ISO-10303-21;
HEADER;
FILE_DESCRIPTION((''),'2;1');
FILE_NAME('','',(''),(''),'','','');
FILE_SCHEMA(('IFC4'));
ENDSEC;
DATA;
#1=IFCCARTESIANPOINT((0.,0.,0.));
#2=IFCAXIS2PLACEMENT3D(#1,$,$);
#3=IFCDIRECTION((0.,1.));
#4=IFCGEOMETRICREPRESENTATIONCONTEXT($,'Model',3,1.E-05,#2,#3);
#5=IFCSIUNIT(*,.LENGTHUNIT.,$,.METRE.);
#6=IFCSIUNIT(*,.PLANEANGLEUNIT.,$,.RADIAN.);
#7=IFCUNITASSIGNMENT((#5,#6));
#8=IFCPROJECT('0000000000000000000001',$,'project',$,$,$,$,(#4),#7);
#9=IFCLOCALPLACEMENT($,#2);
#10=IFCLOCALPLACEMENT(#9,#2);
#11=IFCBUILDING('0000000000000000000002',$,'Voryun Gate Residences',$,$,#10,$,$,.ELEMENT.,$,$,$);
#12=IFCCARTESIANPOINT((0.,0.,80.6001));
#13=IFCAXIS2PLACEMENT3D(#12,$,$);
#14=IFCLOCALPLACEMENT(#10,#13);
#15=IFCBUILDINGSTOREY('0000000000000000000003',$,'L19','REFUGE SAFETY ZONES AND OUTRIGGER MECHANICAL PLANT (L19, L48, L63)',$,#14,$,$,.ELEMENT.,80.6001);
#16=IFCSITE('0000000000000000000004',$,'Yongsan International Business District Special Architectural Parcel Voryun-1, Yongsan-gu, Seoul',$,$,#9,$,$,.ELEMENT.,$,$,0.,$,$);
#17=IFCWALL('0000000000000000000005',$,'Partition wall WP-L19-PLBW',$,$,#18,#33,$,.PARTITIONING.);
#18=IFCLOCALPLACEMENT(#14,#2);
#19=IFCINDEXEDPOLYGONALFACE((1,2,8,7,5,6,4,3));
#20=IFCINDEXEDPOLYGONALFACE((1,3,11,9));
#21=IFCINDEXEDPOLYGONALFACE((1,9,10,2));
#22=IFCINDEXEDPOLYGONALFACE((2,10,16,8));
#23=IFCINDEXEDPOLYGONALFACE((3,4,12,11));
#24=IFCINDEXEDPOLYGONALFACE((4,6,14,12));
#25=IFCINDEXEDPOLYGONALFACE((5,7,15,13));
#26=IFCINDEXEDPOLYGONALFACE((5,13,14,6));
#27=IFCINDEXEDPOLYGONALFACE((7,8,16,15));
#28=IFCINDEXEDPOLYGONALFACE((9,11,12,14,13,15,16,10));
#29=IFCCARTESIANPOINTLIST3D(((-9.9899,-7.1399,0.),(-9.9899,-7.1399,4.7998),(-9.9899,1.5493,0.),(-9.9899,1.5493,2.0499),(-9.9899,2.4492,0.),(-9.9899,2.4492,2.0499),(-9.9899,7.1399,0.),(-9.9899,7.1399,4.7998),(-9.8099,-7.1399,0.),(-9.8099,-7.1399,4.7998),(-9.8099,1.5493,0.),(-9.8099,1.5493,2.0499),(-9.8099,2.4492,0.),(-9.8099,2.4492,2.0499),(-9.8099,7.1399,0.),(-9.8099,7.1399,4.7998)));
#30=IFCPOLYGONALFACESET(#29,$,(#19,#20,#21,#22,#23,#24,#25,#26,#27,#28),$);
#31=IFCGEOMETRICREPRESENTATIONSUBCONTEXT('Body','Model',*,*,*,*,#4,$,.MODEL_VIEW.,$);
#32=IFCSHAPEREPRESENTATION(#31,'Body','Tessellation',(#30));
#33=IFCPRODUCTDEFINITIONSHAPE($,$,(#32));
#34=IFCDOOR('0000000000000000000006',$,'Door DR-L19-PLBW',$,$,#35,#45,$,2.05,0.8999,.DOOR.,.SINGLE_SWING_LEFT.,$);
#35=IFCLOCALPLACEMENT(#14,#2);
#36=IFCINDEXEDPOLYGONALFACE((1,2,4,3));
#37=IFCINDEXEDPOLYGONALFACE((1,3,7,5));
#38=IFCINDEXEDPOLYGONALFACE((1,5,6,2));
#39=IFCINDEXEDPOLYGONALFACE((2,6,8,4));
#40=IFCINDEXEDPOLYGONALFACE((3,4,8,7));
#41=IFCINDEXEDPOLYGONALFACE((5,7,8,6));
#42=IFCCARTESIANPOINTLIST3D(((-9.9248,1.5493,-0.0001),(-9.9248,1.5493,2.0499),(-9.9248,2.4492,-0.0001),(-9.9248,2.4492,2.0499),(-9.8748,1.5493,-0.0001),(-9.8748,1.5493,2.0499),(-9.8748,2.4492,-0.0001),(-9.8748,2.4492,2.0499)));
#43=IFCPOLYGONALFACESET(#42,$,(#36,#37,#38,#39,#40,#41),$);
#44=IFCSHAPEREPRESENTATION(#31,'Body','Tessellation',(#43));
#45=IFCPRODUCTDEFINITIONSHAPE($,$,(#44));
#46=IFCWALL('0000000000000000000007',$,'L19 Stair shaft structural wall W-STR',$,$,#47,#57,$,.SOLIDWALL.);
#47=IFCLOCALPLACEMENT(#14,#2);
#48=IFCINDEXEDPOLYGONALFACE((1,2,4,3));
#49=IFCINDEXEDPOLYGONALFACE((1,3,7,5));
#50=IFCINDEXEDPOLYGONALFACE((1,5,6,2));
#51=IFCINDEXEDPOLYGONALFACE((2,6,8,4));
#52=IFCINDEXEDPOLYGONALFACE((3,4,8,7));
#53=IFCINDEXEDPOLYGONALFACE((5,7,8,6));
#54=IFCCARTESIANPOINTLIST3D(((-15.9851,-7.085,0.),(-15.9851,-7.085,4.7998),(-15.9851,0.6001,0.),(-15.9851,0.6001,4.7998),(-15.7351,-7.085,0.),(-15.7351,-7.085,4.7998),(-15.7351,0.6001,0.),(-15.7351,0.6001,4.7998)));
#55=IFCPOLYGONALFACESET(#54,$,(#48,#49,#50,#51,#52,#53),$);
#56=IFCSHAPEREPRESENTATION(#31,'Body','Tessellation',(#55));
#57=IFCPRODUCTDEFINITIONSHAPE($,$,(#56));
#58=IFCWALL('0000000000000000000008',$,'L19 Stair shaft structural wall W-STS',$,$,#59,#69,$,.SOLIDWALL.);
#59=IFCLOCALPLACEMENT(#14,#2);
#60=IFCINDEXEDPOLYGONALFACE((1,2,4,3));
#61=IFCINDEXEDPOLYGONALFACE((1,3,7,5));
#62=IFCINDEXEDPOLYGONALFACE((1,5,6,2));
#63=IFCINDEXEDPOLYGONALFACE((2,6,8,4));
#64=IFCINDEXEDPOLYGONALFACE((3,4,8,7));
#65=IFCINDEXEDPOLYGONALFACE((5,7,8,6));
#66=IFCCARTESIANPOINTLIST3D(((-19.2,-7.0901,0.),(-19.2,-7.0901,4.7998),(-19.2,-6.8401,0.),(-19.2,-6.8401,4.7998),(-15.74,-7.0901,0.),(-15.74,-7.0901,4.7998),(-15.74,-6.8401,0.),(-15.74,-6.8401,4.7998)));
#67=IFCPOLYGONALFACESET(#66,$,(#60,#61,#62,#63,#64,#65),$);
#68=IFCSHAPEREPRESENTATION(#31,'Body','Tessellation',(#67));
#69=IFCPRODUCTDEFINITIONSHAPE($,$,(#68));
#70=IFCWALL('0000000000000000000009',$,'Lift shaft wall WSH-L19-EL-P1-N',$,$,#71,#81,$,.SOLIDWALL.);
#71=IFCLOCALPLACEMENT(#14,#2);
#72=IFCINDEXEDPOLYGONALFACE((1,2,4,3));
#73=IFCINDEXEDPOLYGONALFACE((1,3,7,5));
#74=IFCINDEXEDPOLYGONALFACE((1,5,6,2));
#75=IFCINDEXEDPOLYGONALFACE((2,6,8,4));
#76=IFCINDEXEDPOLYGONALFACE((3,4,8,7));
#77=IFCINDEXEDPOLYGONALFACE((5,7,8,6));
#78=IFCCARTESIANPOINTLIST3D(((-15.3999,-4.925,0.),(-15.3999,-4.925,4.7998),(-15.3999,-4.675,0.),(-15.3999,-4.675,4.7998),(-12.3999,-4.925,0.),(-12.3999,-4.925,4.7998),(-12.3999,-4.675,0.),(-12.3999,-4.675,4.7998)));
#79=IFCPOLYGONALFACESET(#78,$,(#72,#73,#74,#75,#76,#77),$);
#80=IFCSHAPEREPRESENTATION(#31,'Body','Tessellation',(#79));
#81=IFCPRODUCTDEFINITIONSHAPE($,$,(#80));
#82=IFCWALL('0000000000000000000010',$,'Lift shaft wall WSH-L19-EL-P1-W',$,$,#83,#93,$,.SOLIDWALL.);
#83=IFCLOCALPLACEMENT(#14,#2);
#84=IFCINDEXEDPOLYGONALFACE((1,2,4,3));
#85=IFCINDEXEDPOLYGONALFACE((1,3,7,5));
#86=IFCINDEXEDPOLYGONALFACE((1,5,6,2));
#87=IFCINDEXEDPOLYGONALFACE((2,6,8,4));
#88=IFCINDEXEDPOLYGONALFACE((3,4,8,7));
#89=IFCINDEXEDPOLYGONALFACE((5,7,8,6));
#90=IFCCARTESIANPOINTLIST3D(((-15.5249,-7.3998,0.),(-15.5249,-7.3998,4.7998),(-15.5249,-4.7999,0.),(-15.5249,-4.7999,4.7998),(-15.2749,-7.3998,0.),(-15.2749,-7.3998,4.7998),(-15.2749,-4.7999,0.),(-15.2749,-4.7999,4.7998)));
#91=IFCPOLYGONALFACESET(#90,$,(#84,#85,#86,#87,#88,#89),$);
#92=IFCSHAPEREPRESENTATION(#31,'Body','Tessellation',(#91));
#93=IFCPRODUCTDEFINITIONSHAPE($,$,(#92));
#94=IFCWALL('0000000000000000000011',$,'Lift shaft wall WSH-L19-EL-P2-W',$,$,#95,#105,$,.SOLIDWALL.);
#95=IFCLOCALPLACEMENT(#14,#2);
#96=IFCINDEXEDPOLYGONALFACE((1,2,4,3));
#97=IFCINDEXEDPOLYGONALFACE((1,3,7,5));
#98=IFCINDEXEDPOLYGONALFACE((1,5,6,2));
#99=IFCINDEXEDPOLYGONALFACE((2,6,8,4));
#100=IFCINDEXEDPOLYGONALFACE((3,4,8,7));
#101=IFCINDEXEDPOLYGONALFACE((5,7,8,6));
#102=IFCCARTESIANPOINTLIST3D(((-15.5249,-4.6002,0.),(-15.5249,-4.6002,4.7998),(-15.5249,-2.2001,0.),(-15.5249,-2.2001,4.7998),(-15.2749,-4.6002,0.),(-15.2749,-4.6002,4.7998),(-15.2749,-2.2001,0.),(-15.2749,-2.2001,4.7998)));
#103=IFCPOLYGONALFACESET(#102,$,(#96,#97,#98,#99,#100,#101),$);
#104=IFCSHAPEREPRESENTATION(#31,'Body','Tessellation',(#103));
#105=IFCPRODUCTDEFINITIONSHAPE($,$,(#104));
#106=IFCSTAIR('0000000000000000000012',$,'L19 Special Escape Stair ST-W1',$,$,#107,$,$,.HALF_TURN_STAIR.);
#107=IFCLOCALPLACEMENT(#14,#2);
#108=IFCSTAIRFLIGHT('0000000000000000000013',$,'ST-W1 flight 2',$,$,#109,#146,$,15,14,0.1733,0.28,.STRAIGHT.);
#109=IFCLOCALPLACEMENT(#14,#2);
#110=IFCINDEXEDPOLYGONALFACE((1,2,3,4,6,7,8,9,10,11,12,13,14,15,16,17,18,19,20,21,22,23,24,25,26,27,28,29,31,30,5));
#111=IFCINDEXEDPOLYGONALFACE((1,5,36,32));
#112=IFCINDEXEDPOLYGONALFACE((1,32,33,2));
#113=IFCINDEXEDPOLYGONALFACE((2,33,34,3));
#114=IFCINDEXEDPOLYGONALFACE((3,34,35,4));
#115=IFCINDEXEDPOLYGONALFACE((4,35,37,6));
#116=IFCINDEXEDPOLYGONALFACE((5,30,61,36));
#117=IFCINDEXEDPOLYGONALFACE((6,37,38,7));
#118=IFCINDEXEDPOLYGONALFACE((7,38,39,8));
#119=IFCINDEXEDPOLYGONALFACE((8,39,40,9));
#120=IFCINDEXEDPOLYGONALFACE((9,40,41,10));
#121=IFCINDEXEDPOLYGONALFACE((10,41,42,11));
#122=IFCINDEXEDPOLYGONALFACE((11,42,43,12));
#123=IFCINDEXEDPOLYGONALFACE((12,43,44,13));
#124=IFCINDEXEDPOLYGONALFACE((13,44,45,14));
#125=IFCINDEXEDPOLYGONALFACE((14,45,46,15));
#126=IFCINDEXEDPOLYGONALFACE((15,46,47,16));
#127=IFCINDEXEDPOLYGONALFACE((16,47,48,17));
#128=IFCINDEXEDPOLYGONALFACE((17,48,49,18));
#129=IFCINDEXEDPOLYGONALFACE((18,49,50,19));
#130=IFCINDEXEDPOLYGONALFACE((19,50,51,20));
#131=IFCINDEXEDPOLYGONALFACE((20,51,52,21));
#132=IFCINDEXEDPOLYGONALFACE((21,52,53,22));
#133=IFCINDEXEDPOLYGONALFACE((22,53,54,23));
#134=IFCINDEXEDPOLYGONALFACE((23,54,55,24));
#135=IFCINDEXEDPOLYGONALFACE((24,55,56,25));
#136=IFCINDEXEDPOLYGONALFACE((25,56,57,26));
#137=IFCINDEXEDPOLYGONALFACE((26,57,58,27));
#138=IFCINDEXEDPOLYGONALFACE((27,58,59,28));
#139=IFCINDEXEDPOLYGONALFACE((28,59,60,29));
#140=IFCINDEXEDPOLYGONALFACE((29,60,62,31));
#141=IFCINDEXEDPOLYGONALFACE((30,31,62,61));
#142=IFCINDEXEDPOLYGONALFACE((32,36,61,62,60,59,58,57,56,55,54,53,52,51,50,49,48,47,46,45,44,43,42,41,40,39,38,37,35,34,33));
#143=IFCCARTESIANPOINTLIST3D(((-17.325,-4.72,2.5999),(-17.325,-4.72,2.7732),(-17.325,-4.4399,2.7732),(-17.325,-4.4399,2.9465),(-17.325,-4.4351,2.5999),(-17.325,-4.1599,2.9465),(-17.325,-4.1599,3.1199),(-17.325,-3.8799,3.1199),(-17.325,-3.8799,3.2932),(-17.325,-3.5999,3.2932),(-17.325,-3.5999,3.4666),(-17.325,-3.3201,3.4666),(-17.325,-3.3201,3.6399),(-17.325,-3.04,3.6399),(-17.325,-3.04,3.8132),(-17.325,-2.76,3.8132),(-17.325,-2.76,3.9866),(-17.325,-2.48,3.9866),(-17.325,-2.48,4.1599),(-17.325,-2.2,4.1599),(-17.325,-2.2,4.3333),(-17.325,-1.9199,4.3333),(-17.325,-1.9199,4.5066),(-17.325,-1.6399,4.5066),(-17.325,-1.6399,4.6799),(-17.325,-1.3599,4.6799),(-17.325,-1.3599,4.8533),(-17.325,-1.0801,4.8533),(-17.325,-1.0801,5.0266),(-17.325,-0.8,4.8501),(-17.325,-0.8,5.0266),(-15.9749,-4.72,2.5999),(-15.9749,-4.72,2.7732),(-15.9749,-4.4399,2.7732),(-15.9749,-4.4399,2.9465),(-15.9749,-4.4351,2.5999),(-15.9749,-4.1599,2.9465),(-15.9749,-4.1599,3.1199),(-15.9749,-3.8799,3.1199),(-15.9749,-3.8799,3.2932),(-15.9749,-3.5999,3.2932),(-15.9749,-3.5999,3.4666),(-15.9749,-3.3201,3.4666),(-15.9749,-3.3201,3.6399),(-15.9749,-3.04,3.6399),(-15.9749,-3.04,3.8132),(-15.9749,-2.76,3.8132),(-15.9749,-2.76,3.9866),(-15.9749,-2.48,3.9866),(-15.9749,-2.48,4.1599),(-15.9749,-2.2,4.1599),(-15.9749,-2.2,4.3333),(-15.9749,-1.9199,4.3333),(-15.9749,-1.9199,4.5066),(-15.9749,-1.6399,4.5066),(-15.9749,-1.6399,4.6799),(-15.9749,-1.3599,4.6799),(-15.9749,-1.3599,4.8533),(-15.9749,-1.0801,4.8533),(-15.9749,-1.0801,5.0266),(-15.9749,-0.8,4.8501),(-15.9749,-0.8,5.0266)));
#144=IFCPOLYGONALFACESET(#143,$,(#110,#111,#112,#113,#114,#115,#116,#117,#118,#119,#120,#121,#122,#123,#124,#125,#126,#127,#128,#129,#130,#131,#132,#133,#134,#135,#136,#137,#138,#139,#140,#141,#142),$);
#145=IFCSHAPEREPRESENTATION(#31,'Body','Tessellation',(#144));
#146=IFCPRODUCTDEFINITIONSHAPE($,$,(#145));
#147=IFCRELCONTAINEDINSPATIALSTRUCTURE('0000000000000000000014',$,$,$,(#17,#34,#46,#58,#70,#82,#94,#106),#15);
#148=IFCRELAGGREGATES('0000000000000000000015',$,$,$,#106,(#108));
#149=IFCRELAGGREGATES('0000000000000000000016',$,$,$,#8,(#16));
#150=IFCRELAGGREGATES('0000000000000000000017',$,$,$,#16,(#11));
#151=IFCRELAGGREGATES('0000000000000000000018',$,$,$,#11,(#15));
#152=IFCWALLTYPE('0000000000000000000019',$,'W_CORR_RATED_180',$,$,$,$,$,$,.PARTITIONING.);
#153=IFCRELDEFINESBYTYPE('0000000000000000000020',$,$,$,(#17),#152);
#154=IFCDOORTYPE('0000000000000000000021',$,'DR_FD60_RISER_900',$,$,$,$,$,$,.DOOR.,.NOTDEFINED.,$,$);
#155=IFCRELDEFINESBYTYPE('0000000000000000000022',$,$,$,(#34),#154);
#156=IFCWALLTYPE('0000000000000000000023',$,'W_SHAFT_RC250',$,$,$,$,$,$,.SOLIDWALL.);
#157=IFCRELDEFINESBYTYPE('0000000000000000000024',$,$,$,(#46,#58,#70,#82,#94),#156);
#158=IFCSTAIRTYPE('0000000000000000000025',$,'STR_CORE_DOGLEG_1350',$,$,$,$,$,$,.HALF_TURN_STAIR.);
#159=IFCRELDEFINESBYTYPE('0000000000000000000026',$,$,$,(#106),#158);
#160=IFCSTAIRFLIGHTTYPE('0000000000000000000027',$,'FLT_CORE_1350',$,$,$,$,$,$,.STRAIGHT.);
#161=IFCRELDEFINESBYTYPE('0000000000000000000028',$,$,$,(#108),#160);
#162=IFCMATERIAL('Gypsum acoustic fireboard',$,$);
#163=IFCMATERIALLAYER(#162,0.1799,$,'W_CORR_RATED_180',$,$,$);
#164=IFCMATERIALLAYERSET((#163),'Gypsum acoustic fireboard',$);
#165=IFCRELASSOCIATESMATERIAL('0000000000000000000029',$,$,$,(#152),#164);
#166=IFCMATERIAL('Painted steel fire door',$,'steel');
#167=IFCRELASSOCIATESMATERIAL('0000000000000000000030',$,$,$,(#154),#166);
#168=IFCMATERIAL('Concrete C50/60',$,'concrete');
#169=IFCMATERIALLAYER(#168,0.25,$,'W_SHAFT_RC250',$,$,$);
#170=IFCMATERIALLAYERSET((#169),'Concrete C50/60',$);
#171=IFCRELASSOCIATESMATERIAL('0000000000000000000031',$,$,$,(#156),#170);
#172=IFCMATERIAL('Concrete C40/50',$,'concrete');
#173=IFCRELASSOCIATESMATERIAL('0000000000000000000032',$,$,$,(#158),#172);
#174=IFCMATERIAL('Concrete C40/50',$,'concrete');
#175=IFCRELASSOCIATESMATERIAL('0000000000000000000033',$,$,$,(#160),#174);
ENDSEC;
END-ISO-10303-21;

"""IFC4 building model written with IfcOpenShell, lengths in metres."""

from ifc_helpers import new_model, si_unit, direction, frame, frame_2d, origin, place, context, subcontext, project, spatial, polyline, rectangle, outline, extrude, material, layer, layer_set, type_object, element, fill, aggregate, save


model = new_model("IFC4")

# Units and contexts
model_context = context("Model", 3, precision=1e-05, world=origin(), true_north=direction((0.0, 1.0)))
body_context = subcontext(model_context, "Body", "Model", "MODEL_VIEW")
ifc_project = project(units=[si_unit("LENGTHUNIT", "METRE"), si_unit("PLANEANGLEUNIT", "RADIAN")], contexts=[model_context])

# Site, building, storey
site_placement = place(None, origin())
site = spatial("IfcSite", under=ifc_project, at=site_placement, Name="Yongsan International Business District Special Architectural Parcel Voryun-1, Yongsan-gu, Seoul", CompositionType="ELEMENT", RefElevation=0.0)
building_placement = place(site_placement, origin())
building = spatial("IfcBuilding", under=site, at=building_placement, Name="Voryun Gate Residences", CompositionType="ELEMENT")
storey_placement = place(building_placement, frame((0.0, 0.0, 80.6001)))
storey = spatial("IfcBuildingStorey", under=building, at=storey_placement, Name="L19", Description="REFUGE SAFETY ZONES AND OUTRIGGER MECHANICAL PLANT (L19, L48, L63)", CompositionType="ELEMENT", Elevation=80.6001)

# Shared definitions
ifc_material_1 = material(Name="Gypsum acoustic fireboard")
ifc_layer_1 = layer(ifc_material_1, 0.1799, Name="W_CORR_RATED_180")
ifc_layer_set_1 = layer_set([ifc_layer_1], Name="Gypsum acoustic fireboard")
wall_type_1 = type_object("IfcWallType", Name="W_CORR_RATED_180", PredefinedType="PARTITIONING", material=ifc_layer_set_1)

# Wall, opening, door
wall_1_placement = place(storey_placement, frame((-9.8999, -7.1399, 0.0), z_axis=(0.0, 0.0, 1.0), x_axis=(0.0, 1.0, 0.0)))
wall_1 = element("IfcWall", 1, at=wall_1_placement, inside=storey, type_object=wall_type_1, Name="Partition wall WP-L19-PLBW", PredefinedType="PARTITIONING", context=body_context, shape_type="SweptSolid", body=[
    extrude(rectangle(XDim=14.2798, YDim=0.1799, at=frame_2d((7.1399, 0.0))), origin(), (0.0, 0.0, 1.0), 4.7998),
])
opening_placement = place(wall_1_placement, frame((8.6892, 0.0, 0.0)))
opening = element("IfcOpeningElement", 2, at=opening_placement, cuts=wall_1, PredefinedType="OPENING", context=body_context, shape_type="SweptSolid", body=[
    extrude(rectangle(XDim=0.8999, YDim=2.05, at=frame_2d((0.45, 1.0249))), frame((0.0, 0.0999, 0.0), z_axis=(0.0, -1.0, 0.0), x_axis=(1.0, 0.0, 0.0)), (0.0, 0.0, 1.0), 0.2),
])
ifc_material_2 = material(Name="Painted steel fire door", Category="steel")
door_type = type_object("IfcDoorType", Name="DR_FD60_RISER_900", OperationType="NOTDEFINED", PredefinedType="DOOR", material=ifc_material_2)
door_placement = place(opening_placement, origin())
door = element("IfcDoor", 3, at=door_placement, inside=storey, type_object=door_type, Name="Door DR-L19-PLBW", OperationType="SINGLE_SWING_LEFT", OverallHeight=2.05, OverallWidth=0.8999, PredefinedType="DOOR", context=body_context, shape_type="SweptSolid", body=[
    extrude(rectangle(XDim=0.8999, YDim=2.05, at=frame_2d((0.45, 1.0249))), frame((0.0, 0.0249, 0.0), z_axis=(0.0, -1.0, 0.0), x_axis=(1.0, 0.0, 0.0)), (0.0, 0.0, 1.0), 0.05),
])
fill(opening, door)

# Walls
ifc_material_3 = material(Name="Concrete C50/60", Category="concrete")
ifc_layer_2 = layer(ifc_material_3, 0.25, Name="W_SHAFT_RC250")
ifc_layer_set_2 = layer_set([ifc_layer_2], Name="Concrete C50/60")
wall_type_2 = type_object("IfcWallType", Name="W_SHAFT_RC250", PredefinedType="SOLIDWALL", material=ifc_layer_set_2)
wall_2_placement = place(storey_placement, frame((-15.8601, -7.085, 0.0), z_axis=(0.0, 0.0, 1.0), x_axis=(0.0, 1.0, 0.0)))
element("IfcWall", 4, at=wall_2_placement, inside=storey, type_object=wall_type_2, Name="L19 Stair shaft structural wall W-STR", PredefinedType="SOLIDWALL", context=body_context, shape_type="SweptSolid", body=[
    extrude(rectangle(XDim=7.6851, YDim=0.25, at=frame_2d((3.8425, 0.0))), origin(), (0.0, 0.0, 1.0), 4.7998),
])
wall_3_placement = place(storey_placement, frame((-19.2, -6.9651, 0.0), z_axis=(0.0, 0.0, 1.0), x_axis=(1.0, 0.0, 0.0)))
element("IfcWall", 5, at=wall_3_placement, inside=storey, type_object=wall_type_2, Name="L19 Stair shaft structural wall W-STS", PredefinedType="SOLIDWALL", context=body_context, shape_type="SweptSolid", body=[
    extrude(rectangle(XDim=3.46, YDim=0.25, at=frame_2d((1.73, 0.0))), origin(), (0.0, 0.0, 1.0), 4.7998),
])
wall_4_placement = place(storey_placement, frame((-12.3999, -4.8, 0.0), z_axis=(0.0, 0.0, 1.0), x_axis=(-1.0, 0.0, 0.0)))
element("IfcWall", 6, at=wall_4_placement, inside=storey, type_object=wall_type_2, Name="Lift shaft wall WSH-L19-EL-P1-N", PredefinedType="SOLIDWALL", context=body_context, shape_type="SweptSolid", body=[
    extrude(rectangle(XDim=3.0, YDim=0.25, at=frame_2d((1.5, 0.0))), origin(), (0.0, 0.0, 1.0), 4.7998),
])
wall_5_placement = place(storey_placement, frame((-15.3999, -4.8, 0.0), z_axis=(0.0, 0.0, 1.0), x_axis=(0.0, -1.0, 0.0)))
element("IfcWall", 7, at=wall_5_placement, inside=storey, type_object=wall_type_2, Name="Lift shaft wall WSH-L19-EL-P1-W", PredefinedType="SOLIDWALL", context=body_context, shape_type="SweptSolid", body=[
    extrude(rectangle(XDim=2.5999, YDim=0.25, at=frame_2d((1.2998, 0.0))), origin(), (0.0, 0.0, 1.0), 4.7998),
])
wall_6_placement = place(storey_placement, frame((-15.3999, -2.2, 0.0), z_axis=(0.0, 0.0, 1.0), x_axis=(0.0, -1.0, 0.0)))
element("IfcWall", 8, at=wall_6_placement, inside=storey, type_object=wall_type_2, Name="Lift shaft wall WSH-L19-EL-P2-W", PredefinedType="SOLIDWALL", context=body_context, shape_type="SweptSolid", body=[
    extrude(rectangle(XDim=2.4001, YDim=0.25, at=frame_2d((1.2002, 0.0))), origin(), (0.0, 0.0, 1.0), 4.7998),
])

# Stair, stair flight
ifc_material_4 = material(Name="Concrete C40/50", Category="concrete")
stair_type = type_object("IfcStairType", Name="STR_CORE_DOGLEG_1350", PredefinedType="HALF_TURN_STAIR", material=ifc_material_4)
stair_placement = place(storey_placement, origin())
stair = element("IfcStair", 9, at=stair_placement, inside=storey, type_object=stair_type, Name="L19 Special Escape Stair ST-W1", PredefinedType="HALF_TURN_STAIR")
ifc_material_5 = material(Name="Concrete C40/50", Category="concrete")
stair_flight_type = type_object("IfcStairFlightType", Name="FLT_CORE_1350", PredefinedType="STRAIGHT", material=ifc_material_5)
stair_flight_placement = place(storey_placement, frame((-16.6499, -4.72, 2.5999), z_axis=(0.0, 0.0, 1.0), x_axis=(0.0, 1.0, 0.0)))
stair_flight = element("IfcStairFlight", 10, at=stair_flight_placement, type_object=stair_flight_type, Name="ST-W1 flight 2", NumberOfRisers=15, NumberOfTreads=14, PredefinedType="STRAIGHT", RiserHeight=0.1733, TreadLength=0.28, context=body_context, shape_type="SweptSolid", body=[
    extrude(outline(polyline([(0.0, 0.0), (0.0, 0.1733), (0.28, 0.1733), (0.28, 0.3467), (0.5601, 0.3467), (0.5601, 0.52), (0.8401, 0.52), (0.8401, 0.6934), (1.1201, 0.6934), (1.1201, 0.8667), (1.3999, 0.8667), (1.3999, 1.04), (1.6799, 1.04), (1.6799, 1.2134), (1.96, 1.2134), (1.96, 1.3867), (2.24, 1.3867), (2.24, 1.5601), (2.52, 1.5601), (2.52, 1.7334), (2.8, 1.7334), (2.8, 1.9067), (3.0801, 1.9067), (3.0801, 2.0801), (3.3601, 2.0801), (3.3601, 2.2534), (3.6399, 2.2534), (3.6399, 2.4268), (3.9199, 2.4268), (3.9199, 2.6001), (3.9199, 2.2502), (0.2849, 0.0), (0.0, 0.0)])), frame((0.0, 0.675, 0.0), z_axis=(0.0, -1.0, 0.0), x_axis=(1.0, 0.0, 0.0)), (0.0, 0.0, 1.0), 1.3501),
])
aggregate(stair, [stair_flight])

save(model, "model.ifc")
